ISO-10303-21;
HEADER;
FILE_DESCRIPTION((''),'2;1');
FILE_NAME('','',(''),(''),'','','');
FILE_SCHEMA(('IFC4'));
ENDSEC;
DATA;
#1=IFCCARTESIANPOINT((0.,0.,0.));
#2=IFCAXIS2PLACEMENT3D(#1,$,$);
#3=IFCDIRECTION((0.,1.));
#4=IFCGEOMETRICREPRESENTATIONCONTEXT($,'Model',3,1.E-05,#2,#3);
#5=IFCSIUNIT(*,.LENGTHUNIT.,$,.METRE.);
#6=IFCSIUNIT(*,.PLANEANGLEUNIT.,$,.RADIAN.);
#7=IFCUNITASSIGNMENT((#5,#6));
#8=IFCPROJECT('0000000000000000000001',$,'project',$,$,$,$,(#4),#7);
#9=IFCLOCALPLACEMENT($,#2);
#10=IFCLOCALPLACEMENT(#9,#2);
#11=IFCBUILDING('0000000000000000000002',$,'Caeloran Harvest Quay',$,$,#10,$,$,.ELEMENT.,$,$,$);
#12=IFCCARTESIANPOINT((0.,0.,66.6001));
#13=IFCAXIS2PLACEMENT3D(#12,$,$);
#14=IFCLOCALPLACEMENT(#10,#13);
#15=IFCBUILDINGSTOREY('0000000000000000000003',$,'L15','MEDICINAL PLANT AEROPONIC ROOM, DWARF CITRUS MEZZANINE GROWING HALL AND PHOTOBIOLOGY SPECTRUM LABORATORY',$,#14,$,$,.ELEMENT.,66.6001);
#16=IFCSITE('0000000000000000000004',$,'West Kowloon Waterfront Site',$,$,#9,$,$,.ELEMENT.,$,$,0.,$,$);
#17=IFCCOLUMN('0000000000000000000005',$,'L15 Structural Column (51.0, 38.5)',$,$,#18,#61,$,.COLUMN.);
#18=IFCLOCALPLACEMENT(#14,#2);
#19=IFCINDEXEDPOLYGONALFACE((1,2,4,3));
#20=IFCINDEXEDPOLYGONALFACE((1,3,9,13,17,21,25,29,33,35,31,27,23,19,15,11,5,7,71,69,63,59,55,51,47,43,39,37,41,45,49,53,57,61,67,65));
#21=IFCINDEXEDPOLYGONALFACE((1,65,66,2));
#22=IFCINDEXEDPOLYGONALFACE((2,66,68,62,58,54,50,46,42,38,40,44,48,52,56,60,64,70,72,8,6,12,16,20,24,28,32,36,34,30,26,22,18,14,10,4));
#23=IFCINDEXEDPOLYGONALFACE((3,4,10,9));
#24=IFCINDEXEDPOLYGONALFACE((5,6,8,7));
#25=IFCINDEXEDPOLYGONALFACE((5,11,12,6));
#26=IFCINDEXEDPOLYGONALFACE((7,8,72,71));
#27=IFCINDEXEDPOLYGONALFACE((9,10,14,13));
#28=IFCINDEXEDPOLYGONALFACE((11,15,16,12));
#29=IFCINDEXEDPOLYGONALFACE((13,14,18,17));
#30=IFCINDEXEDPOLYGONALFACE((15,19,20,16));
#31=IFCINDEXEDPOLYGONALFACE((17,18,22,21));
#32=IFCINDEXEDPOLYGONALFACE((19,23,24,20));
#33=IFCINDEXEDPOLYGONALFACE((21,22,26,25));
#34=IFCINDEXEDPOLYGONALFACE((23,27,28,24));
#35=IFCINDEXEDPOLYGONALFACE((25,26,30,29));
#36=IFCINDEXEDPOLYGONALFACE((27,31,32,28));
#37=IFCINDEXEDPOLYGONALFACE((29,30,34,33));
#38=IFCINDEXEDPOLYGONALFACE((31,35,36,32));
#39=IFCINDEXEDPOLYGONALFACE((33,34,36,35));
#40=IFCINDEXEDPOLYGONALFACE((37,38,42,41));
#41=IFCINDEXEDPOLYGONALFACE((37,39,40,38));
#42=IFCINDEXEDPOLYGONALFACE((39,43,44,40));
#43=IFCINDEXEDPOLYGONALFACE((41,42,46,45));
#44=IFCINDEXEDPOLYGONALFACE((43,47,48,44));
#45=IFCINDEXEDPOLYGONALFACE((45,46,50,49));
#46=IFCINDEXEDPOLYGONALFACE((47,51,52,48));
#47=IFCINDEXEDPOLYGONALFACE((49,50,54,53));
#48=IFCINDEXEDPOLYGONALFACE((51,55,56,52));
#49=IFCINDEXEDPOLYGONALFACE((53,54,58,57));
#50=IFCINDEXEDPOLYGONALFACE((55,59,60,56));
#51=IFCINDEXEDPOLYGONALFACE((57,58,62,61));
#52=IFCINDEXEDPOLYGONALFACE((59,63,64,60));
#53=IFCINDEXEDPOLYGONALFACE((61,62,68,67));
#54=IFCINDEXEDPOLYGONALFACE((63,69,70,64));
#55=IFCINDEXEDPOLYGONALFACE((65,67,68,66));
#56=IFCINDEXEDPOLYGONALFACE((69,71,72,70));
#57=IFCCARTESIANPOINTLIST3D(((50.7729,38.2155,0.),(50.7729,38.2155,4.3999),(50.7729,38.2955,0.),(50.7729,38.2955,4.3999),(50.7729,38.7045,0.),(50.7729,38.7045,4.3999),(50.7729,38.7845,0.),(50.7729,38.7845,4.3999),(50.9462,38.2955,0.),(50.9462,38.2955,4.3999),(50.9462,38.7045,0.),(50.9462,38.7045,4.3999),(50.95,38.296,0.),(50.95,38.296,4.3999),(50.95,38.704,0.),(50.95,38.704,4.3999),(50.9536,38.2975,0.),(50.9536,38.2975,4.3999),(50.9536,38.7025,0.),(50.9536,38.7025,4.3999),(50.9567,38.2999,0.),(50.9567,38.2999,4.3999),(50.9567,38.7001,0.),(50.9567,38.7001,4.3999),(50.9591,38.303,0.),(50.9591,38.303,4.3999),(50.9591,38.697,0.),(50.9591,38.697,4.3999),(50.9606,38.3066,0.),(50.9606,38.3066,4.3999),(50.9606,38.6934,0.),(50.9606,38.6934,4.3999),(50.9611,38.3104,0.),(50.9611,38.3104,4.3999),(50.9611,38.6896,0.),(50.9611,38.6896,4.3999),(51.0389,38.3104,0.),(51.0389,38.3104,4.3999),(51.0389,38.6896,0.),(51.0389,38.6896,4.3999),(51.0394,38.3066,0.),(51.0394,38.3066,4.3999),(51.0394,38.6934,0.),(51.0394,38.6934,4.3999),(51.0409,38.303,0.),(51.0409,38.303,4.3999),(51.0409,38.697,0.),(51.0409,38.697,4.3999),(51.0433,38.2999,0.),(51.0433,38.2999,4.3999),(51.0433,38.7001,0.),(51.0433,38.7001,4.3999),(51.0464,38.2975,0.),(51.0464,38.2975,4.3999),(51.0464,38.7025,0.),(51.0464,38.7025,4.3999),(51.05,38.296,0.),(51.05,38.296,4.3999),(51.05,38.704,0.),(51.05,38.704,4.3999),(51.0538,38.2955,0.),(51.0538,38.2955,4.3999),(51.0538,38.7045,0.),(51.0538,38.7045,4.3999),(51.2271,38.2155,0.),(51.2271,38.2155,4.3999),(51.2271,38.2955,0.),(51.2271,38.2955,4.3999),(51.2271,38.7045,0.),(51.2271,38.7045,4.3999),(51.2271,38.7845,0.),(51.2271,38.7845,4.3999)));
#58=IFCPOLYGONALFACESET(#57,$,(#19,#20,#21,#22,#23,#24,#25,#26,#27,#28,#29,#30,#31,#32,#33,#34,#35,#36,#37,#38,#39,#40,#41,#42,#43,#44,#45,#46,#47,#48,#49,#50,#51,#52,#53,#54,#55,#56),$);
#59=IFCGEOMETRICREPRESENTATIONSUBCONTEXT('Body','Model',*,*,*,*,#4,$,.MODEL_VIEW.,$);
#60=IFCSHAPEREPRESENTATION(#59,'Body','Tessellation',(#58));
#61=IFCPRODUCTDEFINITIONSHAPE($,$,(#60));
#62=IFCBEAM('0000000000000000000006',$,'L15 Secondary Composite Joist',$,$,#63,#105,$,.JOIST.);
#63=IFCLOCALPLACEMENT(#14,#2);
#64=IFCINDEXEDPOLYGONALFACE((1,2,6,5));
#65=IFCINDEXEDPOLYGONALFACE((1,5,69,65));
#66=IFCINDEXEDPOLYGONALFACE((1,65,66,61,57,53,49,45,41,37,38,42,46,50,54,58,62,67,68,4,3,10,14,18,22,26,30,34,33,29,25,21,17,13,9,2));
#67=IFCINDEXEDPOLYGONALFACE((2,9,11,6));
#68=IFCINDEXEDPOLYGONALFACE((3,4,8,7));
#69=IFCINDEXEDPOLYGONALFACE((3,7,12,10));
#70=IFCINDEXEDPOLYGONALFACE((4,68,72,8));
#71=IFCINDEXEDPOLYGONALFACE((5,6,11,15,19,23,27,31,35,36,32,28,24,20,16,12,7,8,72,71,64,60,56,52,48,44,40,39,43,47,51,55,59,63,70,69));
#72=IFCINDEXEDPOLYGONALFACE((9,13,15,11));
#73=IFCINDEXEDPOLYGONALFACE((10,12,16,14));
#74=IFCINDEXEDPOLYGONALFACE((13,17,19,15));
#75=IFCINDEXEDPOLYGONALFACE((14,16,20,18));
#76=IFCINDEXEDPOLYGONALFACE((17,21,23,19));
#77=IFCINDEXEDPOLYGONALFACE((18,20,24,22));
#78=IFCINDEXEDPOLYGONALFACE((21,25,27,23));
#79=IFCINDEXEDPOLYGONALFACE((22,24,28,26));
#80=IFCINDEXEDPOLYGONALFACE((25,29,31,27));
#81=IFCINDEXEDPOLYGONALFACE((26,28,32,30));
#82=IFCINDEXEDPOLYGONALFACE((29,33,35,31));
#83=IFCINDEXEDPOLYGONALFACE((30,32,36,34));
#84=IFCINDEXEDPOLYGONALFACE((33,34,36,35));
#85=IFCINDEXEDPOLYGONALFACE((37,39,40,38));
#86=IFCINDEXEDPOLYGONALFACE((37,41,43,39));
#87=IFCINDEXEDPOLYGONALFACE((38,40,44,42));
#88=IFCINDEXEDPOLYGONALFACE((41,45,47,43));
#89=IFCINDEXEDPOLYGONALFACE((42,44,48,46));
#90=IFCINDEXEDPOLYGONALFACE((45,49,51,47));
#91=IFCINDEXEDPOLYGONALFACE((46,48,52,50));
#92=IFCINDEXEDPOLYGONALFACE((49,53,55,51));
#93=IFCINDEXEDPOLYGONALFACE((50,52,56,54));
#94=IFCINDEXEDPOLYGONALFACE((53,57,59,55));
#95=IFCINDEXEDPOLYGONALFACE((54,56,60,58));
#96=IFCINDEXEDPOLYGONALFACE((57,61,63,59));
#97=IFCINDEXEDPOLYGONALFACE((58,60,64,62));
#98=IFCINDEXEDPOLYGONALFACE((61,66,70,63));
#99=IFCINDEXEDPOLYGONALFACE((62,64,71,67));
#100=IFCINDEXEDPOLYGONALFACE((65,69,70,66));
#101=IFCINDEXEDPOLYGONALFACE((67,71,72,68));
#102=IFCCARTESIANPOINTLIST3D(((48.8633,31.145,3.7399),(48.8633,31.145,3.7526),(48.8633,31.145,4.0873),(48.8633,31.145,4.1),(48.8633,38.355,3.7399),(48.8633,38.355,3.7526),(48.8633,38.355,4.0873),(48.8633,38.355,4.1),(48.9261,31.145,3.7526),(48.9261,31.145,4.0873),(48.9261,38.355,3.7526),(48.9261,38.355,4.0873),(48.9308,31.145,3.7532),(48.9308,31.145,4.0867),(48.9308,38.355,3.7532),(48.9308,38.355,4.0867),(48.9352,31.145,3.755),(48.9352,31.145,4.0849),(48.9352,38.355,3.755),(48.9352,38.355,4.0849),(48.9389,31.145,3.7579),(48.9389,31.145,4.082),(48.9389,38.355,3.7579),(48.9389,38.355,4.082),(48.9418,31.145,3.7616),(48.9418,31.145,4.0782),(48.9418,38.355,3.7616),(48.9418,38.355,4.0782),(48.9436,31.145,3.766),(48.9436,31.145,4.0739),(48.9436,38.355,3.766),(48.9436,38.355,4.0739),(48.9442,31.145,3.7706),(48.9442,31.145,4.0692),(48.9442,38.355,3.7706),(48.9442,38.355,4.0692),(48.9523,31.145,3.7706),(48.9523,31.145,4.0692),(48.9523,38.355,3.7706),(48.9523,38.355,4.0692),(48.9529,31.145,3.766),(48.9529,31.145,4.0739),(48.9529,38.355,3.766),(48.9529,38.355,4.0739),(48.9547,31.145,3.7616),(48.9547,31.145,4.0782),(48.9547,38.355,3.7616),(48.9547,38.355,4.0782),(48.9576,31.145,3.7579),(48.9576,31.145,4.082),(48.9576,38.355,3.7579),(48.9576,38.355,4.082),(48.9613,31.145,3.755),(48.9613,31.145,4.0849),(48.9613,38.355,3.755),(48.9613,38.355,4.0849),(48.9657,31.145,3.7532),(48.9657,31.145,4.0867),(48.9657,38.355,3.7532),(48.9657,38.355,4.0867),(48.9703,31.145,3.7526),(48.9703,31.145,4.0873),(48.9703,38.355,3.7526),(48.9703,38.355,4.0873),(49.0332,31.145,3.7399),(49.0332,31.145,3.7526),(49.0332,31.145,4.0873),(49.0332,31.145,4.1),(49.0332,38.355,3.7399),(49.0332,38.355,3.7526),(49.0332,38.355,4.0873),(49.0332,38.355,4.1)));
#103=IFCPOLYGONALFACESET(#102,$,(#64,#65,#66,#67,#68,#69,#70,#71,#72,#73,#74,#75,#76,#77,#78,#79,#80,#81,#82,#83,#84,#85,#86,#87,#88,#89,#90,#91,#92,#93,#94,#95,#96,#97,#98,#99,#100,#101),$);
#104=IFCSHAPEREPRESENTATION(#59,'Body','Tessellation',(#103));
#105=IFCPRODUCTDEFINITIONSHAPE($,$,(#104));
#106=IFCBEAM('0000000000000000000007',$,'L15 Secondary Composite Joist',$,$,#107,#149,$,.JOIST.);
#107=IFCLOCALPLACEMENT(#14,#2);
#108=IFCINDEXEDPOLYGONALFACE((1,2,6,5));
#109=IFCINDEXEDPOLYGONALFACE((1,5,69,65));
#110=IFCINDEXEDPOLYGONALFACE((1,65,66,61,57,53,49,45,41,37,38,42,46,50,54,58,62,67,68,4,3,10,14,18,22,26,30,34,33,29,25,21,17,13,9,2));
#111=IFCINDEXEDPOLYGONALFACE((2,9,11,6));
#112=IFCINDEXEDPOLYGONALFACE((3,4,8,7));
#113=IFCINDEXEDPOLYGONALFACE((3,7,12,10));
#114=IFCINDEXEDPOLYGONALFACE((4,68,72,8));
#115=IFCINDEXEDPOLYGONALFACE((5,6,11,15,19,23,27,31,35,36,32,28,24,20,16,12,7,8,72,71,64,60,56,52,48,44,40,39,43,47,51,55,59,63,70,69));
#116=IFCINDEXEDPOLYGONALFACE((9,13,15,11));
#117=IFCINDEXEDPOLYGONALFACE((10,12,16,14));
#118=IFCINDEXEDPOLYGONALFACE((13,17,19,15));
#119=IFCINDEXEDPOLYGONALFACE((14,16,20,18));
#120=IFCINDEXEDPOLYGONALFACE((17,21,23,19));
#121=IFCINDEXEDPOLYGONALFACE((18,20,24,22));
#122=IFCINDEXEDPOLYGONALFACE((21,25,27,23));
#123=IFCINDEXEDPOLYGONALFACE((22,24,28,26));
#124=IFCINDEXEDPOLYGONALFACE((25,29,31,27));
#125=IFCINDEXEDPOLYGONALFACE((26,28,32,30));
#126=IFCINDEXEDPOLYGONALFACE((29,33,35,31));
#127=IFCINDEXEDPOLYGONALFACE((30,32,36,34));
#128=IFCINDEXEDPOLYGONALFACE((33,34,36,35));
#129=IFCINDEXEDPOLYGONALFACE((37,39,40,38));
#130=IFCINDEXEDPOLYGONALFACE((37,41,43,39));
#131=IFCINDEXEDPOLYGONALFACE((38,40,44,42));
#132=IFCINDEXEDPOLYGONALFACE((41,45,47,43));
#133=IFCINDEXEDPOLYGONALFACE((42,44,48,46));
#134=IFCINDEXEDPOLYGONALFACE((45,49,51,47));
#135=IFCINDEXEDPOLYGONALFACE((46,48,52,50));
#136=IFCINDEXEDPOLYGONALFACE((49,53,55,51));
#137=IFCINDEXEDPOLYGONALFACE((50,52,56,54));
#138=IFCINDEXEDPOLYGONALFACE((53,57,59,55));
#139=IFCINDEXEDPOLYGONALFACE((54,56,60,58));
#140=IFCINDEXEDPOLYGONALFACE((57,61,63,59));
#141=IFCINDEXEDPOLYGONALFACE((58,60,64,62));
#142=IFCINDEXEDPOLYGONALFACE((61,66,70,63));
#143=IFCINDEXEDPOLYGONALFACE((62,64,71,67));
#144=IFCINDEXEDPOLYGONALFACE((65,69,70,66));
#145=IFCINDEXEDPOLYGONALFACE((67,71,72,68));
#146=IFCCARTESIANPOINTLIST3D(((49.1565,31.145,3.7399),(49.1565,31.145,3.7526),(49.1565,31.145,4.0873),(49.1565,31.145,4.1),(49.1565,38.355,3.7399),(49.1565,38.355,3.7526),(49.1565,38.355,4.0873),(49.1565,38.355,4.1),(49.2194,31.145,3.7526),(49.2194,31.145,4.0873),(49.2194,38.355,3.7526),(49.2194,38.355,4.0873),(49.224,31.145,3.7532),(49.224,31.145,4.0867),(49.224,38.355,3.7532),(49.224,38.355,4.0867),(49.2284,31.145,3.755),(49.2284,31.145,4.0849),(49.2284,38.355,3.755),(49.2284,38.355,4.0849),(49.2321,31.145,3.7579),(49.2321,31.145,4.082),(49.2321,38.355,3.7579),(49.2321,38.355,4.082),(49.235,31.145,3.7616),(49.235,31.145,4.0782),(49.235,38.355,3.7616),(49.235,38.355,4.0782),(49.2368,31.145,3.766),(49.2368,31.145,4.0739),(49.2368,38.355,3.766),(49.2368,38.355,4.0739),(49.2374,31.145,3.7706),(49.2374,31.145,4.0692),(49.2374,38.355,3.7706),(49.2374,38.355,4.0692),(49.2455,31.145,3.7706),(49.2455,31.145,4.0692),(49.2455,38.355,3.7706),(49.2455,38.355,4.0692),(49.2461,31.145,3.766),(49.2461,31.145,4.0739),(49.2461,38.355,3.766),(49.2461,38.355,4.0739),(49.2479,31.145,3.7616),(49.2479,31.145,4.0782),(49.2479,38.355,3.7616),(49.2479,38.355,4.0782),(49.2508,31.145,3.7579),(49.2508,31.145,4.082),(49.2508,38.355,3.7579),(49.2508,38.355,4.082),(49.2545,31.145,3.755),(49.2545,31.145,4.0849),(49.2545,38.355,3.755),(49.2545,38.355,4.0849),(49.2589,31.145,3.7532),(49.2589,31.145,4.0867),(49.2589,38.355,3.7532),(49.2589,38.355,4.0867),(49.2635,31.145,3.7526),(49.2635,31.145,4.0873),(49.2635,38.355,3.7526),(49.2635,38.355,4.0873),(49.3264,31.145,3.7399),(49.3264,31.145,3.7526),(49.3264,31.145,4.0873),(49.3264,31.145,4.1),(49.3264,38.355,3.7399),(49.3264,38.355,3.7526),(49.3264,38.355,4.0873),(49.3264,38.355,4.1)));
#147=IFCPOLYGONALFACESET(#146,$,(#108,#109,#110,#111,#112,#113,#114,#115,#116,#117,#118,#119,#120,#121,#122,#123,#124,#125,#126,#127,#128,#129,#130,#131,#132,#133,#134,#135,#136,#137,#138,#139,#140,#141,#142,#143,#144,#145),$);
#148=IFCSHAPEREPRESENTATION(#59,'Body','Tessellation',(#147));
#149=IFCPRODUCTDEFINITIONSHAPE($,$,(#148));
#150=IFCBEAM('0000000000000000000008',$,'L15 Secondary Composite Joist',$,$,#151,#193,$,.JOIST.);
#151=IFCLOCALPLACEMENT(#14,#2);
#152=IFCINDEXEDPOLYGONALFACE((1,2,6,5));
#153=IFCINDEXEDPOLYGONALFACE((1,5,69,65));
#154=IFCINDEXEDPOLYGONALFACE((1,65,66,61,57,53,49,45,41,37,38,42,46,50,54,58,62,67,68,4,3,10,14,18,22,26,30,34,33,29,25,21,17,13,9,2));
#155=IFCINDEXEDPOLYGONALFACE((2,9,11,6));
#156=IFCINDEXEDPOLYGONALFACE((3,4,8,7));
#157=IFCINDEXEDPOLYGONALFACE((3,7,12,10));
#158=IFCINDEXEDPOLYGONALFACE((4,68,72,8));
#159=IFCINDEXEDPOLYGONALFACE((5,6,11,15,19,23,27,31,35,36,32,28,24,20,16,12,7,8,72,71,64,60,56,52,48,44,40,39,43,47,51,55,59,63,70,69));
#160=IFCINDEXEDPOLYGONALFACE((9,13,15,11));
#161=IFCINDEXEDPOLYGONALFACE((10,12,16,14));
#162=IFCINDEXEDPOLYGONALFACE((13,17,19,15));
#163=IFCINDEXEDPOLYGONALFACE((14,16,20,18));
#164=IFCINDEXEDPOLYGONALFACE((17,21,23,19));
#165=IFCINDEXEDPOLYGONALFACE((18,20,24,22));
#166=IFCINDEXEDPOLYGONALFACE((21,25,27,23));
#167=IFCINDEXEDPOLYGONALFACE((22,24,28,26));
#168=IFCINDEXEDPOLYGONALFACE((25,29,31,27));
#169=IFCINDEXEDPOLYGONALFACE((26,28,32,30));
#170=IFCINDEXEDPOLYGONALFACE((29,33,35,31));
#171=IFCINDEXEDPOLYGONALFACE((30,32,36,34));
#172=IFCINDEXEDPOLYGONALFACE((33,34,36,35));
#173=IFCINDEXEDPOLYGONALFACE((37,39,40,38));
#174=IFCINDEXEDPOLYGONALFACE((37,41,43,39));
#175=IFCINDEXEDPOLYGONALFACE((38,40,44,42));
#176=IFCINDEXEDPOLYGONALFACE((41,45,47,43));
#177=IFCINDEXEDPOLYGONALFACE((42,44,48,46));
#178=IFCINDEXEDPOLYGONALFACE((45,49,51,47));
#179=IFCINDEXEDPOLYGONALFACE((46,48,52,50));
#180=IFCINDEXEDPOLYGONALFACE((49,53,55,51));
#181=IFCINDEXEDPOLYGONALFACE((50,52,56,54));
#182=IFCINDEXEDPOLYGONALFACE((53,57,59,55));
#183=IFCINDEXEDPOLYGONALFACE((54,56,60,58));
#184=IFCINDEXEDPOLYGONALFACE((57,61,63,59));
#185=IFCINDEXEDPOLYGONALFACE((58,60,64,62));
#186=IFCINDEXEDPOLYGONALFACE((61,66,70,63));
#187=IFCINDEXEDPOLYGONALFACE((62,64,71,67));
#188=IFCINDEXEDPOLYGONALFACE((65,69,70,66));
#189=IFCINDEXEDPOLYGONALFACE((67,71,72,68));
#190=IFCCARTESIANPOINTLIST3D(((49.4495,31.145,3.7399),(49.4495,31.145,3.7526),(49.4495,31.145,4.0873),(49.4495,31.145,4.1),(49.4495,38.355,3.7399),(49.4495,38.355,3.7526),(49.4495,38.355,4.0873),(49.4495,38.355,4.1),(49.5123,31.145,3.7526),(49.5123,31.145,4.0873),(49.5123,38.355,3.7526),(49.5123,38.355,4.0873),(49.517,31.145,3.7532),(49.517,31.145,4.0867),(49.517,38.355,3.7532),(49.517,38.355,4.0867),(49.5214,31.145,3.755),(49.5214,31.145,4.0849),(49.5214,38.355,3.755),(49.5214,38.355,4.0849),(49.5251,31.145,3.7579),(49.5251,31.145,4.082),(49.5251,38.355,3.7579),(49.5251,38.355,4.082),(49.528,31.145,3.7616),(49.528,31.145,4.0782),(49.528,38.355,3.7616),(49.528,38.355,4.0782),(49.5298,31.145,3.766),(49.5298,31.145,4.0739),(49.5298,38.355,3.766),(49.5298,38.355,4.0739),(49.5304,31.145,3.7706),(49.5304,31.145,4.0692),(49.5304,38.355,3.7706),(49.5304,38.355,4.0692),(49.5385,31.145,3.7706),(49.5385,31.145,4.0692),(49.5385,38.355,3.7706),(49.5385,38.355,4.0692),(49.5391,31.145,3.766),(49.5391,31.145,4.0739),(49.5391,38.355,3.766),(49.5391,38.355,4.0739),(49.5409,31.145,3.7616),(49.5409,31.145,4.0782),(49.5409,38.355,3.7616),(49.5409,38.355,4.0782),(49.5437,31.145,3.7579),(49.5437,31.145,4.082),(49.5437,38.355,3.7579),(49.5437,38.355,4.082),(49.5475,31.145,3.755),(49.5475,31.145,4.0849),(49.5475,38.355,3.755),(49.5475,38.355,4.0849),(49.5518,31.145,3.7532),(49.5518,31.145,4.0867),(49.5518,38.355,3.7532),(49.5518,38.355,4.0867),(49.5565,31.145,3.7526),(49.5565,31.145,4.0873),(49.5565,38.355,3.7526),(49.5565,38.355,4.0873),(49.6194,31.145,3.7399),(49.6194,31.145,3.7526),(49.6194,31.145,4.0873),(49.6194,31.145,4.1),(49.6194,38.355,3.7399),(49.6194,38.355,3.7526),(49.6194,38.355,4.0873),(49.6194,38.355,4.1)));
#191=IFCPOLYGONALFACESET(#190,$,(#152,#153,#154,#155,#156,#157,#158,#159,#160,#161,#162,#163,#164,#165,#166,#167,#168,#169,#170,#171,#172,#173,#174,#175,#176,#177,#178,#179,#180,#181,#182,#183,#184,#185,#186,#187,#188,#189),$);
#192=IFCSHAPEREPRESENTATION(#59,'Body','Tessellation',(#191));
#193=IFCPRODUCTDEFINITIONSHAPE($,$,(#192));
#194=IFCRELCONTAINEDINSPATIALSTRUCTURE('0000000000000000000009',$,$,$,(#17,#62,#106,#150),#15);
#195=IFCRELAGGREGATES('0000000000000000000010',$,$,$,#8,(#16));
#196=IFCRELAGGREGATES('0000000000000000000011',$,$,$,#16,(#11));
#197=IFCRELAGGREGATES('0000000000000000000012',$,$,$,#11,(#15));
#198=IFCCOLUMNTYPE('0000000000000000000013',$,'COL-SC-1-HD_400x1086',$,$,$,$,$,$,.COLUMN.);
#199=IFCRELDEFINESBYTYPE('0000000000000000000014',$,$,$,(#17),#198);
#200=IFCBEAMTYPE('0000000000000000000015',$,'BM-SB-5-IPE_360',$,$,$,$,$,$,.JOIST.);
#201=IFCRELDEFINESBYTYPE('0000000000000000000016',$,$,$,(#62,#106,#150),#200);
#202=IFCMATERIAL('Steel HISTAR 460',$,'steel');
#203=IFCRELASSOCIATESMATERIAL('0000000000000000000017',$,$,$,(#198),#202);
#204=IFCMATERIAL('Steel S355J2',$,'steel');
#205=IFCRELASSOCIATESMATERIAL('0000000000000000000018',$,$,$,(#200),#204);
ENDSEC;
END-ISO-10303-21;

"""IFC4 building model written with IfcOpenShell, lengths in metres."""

from ifc_helpers import new_model, si_unit, direction, frame, origin, origin_2d, place, context, subcontext, project, spatial, i_section, extrude, material, material_profile, profile_set, type_object, element, save


model = new_model("IFC4")

# Units and contexts
model_context = context("Model", 3, precision=1e-05, world=origin(), true_north=direction((0.0, 1.0)))
body_context = subcontext(model_context, "Body", "Model", "MODEL_VIEW")
ifc_project = project(units=[si_unit("LENGTHUNIT", "METRE"), si_unit("PLANEANGLEUNIT", "RADIAN")], contexts=[model_context])

# Site, building, storey
site_placement = place(None, origin())
site = spatial("IfcSite", under=ifc_project, at=site_placement, Name="West Kowloon Waterfront Site", CompositionType="ELEMENT", RefElevation=0.0)
building_placement = place(site_placement, origin())
building = spatial("IfcBuilding", under=site, at=building_placement, Name="Caeloran Harvest Quay", CompositionType="ELEMENT")
storey_placement = place(building_placement, frame((0.0, 0.0, 66.6001)))
storey = spatial("IfcBuildingStorey", under=building, at=storey_placement, Name="L15", Description="MEDICINAL PLANT AEROPONIC ROOM, DWARF CITRUS MEZZANINE GROWING HALL AND PHOTOBIOLOGY SPECTRUM LABORATORY", CompositionType="ELEMENT", Elevation=66.6001)

# Column
ifc_material_1 = material(Name="Steel HISTAR 460", Category="steel")
ifc_material_profile_1 = material_profile(ifc_material_1, i_section(OverallWidth=0.4541, OverallDepth=0.5691, WebThickness=0.0779, FlangeThickness=0.0801, FilletRadius=0.0149, at=origin_2d()), Name="HD 400x1086")
ifc_profile_set_1 = profile_set([ifc_material_profile_1], Name="Steel HISTAR 460")
column_type = type_object("IfcColumnType", Name="COL-SC-1-HD_400x1086", PredefinedType="COLUMN", material=ifc_profile_set_1)
column_placement = place(storey_placement, frame((51.0, 38.5, 0.0), z_axis=(0.0, 0.0, 1.0), x_axis=(1.0, 0.0, 0.0)))
element("IfcColumn", 1, at=column_placement, inside=storey, type_object=column_type, Name="L15 Structural Column (51.0, 38.5)", PredefinedType="COLUMN", context=body_context, shape_type="SweptSolid", body=[
    extrude(i_section(OverallWidth=0.4541, OverallDepth=0.5691, WebThickness=0.0779, FlangeThickness=0.0801, FilletRadius=0.0149, at=origin_2d()), origin(), (0.0, 0.0, 1.0), 4.3999),
])

# Beams
ifc_material_2 = material(Name="Steel S355J2", Category="steel")
ifc_material_profile_2 = material_profile(ifc_material_2, i_section(OverallWidth=0.1699, OverallDepth=0.3601, WebThickness=0.0081, FlangeThickness=0.0127, FilletRadius=0.0181, at=origin_2d()), Name="IPE 360")
ifc_profile_set_2 = profile_set([ifc_material_profile_2], Name="Steel S355J2")
beam_type_1 = type_object("IfcBeamType", Name="BM-SB-5-IPE_360", PredefinedType="JOIST", material=ifc_profile_set_2)
for number, where, z_axis, x_axis, name in (
    (2, (48.9482, 31.145, 3.9199), (0.0, 1.0, 0.0), (-1.0, 0.0, 0.0), "L15 Secondary Composite Joist"),
    (3, (49.2415, 31.145, 3.9199), (0.0, 1.0, 0.0), (-1.0, 0.0, 0.0), "L15 Secondary Composite Joist"),
    (4, (49.5344, 31.145, 3.9199), (0.0, 1.0, 0.0), (-1.0, 0.0, 0.0), "L15 Secondary Composite Joist"),
):
    element("IfcBeam", number, at=place(storey_placement, frame(where, z_axis=z_axis, x_axis=x_axis)), inside=storey, type_object=beam_type_1, Name=name, PredefinedType="JOIST", context=body_context, shape_type="SweptSolid", body=[
        extrude(i_section(OverallWidth=0.1699, OverallDepth=0.3601, WebThickness=0.0081, FlangeThickness=0.0127, FilletRadius=0.0181, at=origin_2d()), origin(), (0.0, 0.0, 1.0), 7.21),
    ])

save(model, "model.ifc")
